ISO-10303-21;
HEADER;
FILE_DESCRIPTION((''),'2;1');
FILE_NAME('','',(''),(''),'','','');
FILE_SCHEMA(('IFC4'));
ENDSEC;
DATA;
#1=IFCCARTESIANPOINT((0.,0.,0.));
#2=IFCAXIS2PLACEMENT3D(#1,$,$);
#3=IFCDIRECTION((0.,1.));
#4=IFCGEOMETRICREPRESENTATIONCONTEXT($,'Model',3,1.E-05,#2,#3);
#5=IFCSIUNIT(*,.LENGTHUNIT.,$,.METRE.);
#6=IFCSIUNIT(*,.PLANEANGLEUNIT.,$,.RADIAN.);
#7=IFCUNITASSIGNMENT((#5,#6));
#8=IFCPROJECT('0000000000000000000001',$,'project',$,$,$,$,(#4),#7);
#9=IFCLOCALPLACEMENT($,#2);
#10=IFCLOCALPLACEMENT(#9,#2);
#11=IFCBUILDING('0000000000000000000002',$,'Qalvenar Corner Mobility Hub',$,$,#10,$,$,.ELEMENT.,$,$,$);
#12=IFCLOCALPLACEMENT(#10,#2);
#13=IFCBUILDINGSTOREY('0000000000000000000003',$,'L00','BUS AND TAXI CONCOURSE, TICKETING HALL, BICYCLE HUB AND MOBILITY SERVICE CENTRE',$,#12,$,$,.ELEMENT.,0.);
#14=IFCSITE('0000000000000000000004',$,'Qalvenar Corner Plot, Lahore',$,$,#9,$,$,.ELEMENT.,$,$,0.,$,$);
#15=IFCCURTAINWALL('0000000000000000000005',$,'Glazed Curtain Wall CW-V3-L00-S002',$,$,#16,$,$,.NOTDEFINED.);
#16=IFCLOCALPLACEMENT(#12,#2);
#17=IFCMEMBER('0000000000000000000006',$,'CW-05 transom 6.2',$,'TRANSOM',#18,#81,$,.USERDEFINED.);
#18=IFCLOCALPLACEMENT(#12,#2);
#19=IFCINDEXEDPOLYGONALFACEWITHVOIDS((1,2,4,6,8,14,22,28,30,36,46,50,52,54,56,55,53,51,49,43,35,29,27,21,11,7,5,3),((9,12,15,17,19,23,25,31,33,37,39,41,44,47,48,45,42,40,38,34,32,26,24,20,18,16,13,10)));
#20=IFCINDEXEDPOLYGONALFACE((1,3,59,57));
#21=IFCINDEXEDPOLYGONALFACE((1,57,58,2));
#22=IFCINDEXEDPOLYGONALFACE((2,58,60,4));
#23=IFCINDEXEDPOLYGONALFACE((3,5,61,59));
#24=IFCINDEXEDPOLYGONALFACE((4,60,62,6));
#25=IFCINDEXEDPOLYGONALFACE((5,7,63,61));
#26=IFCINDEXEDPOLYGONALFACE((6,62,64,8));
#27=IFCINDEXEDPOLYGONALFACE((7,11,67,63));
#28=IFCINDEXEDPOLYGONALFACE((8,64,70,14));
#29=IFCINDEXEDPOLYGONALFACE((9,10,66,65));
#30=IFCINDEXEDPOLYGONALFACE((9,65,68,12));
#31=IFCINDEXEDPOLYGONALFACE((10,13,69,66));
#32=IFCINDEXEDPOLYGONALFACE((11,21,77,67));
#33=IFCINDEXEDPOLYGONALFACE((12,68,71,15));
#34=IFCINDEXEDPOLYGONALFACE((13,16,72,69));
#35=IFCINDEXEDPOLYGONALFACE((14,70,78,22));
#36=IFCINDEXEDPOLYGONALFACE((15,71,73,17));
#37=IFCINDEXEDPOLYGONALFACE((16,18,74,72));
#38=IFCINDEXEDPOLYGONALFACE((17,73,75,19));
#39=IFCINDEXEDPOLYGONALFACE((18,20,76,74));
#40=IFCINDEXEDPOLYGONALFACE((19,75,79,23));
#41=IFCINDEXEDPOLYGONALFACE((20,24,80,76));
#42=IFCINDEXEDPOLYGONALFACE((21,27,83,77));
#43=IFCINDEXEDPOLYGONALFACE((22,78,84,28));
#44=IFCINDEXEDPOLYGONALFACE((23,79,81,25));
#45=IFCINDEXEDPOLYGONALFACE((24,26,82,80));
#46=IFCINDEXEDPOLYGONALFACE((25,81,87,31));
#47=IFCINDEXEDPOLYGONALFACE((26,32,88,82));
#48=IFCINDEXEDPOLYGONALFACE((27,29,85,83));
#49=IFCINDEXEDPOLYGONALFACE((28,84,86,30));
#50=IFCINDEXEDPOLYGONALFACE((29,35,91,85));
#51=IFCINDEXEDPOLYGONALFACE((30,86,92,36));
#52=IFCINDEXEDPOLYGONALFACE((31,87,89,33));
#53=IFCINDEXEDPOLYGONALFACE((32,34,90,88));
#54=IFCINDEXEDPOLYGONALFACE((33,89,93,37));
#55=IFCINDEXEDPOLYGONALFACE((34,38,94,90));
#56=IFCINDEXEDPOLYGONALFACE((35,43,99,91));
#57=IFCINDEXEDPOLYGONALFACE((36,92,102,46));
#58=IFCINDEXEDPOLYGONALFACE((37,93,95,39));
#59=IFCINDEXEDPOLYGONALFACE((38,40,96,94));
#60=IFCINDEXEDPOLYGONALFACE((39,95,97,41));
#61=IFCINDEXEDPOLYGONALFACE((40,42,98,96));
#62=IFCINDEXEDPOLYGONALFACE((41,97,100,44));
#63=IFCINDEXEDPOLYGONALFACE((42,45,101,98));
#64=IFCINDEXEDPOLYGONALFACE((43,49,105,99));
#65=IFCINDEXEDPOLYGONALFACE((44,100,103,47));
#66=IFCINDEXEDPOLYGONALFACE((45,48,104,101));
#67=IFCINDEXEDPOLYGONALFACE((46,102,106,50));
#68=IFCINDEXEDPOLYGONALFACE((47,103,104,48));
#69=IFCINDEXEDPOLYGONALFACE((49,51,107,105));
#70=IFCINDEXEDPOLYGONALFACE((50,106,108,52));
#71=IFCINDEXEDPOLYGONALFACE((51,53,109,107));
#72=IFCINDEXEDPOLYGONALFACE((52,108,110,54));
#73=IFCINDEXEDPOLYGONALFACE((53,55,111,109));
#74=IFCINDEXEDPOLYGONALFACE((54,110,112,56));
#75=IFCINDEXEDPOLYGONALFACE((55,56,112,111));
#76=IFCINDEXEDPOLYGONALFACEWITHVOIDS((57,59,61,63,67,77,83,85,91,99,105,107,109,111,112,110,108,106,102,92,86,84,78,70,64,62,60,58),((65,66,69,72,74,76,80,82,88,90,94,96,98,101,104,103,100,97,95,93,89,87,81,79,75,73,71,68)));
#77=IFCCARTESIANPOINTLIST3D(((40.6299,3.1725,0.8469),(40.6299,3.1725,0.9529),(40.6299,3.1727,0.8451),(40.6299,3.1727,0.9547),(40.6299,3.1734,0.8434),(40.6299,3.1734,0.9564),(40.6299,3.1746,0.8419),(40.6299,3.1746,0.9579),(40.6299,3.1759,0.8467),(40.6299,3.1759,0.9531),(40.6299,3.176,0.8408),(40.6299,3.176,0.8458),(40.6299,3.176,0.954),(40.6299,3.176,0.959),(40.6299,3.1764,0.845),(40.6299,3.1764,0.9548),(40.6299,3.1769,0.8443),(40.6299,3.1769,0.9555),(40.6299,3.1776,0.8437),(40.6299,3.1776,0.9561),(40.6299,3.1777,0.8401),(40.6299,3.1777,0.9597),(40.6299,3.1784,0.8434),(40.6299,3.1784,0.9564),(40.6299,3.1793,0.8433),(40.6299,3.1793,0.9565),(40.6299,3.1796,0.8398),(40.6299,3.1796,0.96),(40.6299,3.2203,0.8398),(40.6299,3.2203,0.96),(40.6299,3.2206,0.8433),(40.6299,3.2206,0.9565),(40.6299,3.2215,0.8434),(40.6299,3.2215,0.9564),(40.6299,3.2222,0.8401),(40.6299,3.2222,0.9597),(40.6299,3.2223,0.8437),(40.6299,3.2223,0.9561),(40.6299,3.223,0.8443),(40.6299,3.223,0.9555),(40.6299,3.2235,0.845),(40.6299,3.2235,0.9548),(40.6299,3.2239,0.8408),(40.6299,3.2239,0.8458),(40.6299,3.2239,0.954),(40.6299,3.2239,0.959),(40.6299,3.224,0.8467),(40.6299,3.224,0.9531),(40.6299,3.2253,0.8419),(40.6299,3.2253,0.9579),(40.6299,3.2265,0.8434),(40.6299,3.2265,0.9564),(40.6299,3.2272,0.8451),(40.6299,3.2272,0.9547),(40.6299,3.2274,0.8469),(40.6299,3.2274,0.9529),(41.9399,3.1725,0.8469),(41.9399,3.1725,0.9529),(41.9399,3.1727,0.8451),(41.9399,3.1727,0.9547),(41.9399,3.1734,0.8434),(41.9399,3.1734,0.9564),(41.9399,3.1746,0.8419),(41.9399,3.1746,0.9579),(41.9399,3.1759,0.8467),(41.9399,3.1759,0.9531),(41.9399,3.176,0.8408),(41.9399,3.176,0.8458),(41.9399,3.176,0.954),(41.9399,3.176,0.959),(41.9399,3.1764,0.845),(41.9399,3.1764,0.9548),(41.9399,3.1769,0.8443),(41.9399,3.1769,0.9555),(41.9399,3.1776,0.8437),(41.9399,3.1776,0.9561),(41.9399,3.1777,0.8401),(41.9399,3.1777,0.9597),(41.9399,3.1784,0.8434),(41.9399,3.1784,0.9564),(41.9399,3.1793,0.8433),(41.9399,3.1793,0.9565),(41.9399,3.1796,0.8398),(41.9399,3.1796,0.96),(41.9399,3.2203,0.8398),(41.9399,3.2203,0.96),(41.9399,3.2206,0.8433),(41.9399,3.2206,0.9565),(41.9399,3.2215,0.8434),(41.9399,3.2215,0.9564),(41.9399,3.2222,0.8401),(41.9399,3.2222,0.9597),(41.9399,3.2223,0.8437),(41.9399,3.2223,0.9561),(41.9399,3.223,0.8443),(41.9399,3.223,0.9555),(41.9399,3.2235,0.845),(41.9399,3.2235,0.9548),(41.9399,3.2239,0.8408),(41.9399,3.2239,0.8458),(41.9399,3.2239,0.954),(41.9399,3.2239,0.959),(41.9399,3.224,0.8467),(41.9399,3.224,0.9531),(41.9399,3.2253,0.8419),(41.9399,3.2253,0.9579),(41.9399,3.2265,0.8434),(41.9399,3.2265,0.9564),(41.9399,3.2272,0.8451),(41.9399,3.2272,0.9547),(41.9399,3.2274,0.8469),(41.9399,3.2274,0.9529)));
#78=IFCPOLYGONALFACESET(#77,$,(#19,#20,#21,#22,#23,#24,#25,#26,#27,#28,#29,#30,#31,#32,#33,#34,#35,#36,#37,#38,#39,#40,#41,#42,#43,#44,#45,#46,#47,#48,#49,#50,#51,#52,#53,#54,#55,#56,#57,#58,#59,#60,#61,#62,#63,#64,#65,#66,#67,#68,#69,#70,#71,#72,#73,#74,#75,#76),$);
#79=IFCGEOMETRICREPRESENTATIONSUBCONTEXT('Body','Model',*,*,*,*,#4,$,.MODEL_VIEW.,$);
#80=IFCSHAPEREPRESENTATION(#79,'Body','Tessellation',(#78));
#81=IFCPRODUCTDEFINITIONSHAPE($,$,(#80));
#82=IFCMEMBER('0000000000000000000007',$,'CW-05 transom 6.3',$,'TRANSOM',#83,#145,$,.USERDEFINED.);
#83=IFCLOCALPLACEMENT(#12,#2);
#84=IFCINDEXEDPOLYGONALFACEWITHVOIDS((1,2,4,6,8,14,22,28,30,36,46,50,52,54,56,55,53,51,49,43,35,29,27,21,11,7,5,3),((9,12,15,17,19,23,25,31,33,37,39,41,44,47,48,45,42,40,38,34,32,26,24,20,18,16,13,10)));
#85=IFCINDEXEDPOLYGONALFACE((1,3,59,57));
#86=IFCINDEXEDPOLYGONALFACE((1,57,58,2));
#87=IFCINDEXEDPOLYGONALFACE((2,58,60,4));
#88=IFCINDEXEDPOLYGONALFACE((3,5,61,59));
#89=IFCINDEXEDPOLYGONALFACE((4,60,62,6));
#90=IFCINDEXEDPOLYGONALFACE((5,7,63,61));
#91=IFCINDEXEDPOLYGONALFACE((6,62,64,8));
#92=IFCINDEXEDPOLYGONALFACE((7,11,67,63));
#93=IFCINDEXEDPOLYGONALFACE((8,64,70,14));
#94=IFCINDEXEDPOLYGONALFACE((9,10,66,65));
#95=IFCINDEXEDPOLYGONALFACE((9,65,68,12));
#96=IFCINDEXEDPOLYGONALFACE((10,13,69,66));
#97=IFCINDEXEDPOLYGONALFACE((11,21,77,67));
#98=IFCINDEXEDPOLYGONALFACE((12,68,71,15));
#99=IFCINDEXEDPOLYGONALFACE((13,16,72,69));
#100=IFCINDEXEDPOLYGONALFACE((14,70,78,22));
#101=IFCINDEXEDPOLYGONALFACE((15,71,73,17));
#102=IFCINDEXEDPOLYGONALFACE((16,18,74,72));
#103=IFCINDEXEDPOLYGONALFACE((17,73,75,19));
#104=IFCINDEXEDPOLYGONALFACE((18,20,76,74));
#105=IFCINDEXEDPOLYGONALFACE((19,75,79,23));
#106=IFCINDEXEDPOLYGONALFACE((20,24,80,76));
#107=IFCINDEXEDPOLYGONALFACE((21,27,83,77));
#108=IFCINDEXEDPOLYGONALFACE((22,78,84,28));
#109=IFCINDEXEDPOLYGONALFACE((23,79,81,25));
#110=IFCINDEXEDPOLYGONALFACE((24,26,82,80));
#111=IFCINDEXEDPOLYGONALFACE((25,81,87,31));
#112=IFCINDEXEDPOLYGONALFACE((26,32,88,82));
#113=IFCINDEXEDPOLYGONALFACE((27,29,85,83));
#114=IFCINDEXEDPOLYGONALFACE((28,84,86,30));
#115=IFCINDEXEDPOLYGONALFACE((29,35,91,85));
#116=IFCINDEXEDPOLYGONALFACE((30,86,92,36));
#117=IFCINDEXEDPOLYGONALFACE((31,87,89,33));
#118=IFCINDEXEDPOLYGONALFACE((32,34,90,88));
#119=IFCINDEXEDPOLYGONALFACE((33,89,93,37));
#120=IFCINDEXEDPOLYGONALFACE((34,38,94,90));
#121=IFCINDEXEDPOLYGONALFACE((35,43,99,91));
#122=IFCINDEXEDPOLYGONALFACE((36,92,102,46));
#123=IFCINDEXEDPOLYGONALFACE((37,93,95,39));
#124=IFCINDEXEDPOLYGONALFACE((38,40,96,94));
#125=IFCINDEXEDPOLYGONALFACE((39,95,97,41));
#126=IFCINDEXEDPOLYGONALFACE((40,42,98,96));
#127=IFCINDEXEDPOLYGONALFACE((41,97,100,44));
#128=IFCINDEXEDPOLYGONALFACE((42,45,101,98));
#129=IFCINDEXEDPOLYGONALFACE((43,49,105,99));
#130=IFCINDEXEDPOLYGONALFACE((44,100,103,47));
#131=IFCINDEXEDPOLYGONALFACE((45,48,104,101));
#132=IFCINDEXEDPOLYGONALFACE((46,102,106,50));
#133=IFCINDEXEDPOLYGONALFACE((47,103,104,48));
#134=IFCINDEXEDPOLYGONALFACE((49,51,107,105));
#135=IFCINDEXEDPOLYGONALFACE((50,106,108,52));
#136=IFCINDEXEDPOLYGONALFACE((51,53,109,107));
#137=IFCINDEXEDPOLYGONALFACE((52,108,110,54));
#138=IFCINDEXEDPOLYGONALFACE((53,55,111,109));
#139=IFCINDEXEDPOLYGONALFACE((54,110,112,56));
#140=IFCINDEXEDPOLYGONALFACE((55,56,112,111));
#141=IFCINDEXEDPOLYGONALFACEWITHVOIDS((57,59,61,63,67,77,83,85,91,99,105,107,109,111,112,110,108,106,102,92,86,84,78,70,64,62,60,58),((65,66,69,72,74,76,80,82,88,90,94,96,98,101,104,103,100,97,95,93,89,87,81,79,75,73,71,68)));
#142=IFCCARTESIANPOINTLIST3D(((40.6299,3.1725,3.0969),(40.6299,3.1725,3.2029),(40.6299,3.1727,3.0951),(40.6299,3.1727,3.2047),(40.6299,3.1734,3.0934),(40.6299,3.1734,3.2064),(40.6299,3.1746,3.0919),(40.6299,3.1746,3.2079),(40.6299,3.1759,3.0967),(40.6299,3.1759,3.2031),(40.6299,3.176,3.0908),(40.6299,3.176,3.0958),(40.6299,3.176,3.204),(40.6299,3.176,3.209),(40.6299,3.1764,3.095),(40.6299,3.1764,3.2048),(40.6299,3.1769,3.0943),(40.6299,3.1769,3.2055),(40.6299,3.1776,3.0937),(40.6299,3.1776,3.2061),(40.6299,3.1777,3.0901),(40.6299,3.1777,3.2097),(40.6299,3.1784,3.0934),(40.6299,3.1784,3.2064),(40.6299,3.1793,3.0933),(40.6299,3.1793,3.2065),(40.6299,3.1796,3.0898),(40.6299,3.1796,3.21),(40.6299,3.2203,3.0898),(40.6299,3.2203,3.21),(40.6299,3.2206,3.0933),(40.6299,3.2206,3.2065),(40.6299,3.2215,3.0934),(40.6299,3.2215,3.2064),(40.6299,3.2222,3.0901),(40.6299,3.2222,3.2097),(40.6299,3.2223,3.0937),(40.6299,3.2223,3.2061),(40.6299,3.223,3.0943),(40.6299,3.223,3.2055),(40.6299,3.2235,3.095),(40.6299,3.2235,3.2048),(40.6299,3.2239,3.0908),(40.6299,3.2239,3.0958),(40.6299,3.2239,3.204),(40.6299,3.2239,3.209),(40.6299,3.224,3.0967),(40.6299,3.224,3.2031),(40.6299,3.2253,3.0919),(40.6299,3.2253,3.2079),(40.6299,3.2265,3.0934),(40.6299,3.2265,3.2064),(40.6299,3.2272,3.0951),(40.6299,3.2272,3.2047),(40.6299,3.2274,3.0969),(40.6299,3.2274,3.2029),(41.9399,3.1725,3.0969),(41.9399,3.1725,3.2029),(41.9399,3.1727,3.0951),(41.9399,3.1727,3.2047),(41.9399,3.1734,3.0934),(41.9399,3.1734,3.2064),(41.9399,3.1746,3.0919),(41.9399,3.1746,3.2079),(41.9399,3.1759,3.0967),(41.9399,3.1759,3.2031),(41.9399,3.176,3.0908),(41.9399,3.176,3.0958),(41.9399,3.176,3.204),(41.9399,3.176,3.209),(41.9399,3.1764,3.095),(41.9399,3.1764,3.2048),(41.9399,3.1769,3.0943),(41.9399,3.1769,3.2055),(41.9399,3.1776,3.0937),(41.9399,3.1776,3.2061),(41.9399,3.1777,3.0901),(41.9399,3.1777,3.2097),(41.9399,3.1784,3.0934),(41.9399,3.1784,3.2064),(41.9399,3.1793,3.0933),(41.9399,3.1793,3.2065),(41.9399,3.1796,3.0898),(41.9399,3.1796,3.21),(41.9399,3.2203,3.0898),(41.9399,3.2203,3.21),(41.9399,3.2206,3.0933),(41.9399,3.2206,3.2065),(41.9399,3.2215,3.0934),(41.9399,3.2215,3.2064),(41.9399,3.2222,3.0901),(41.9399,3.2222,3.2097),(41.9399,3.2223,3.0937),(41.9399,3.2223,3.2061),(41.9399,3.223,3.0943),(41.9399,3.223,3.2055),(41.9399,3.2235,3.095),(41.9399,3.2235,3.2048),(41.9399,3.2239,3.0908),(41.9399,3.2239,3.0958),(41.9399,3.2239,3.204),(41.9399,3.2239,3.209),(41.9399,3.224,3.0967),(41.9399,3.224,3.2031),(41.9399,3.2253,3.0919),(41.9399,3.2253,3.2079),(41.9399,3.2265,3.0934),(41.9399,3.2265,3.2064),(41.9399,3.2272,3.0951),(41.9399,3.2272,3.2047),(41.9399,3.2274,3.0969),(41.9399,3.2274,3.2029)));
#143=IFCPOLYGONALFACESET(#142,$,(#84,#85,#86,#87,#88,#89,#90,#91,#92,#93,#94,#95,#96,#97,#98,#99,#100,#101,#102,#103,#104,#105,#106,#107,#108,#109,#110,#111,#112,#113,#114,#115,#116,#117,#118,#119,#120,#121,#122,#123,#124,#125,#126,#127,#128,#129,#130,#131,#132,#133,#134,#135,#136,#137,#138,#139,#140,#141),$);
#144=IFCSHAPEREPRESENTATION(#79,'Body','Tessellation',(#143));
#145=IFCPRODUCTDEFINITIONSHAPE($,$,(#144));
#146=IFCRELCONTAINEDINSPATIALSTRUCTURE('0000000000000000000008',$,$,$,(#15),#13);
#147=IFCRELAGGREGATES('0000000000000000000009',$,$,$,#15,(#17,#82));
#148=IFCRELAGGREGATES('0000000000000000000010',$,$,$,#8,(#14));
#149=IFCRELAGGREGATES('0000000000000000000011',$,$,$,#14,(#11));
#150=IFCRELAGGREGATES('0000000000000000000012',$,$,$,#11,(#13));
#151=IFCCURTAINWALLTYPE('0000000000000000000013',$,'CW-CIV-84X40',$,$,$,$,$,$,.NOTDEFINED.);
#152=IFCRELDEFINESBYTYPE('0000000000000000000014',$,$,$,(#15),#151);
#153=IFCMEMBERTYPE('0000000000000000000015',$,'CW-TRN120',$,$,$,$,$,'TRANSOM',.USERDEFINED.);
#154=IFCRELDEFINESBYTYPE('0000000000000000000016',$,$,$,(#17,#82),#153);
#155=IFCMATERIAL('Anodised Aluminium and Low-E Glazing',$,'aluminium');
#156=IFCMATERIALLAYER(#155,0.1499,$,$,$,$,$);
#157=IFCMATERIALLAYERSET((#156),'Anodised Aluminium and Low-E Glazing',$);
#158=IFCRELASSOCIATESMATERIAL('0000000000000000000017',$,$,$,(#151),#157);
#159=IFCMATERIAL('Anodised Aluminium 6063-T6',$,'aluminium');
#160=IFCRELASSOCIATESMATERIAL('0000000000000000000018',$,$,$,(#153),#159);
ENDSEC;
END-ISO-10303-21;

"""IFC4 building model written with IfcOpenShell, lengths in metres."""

from ifc_helpers import new_model, si_unit, direction, frame, origin, origin_2d, place, context, subcontext, project, spatial, hollow_rectangle, extrude, material, layer, layer_set, material_profile, profile_set, type_object, element, aggregate, save


model = new_model("IFC4")

# Units and contexts
model_context = context("Model", 3, precision=1e-05, world=origin(), true_north=direction((0.0, 1.0)))
body_context = subcontext(model_context, "Body", "Model", "MODEL_VIEW")
ifc_project = project(units=[si_unit("LENGTHUNIT", "METRE"), si_unit("PLANEANGLEUNIT", "RADIAN")], contexts=[model_context])

# Site, building, storey
site_placement = place(None, origin())
site = spatial("IfcSite", under=ifc_project, at=site_placement, Name="Qalvenar Corner Plot, Lahore", CompositionType="ELEMENT", RefElevation=0.0)
building_placement = place(site_placement, origin())
building = spatial("IfcBuilding", under=site, at=building_placement, Name="Qalvenar Corner Mobility Hub", CompositionType="ELEMENT")
storey_placement = place(building_placement, origin())
storey = spatial("IfcBuildingStorey", under=building, at=storey_placement, Name="L00", Description="BUS AND TAXI CONCOURSE, TICKETING HALL, BICYCLE HUB AND MOBILITY SERVICE CENTRE", CompositionType="ELEMENT", Elevation=0.0)

# Curtain wall, members
ifc_material_1 = material(Name="Anodised Aluminium and Low-E Glazing", Category="aluminium")
ifc_layer_1 = layer(ifc_material_1, 0.1499)
ifc_layer_set_1 = layer_set([ifc_layer_1], Name="Anodised Aluminium and Low-E Glazing")
curtain_wall_type = type_object("IfcCurtainWallType", Name="CW-CIV-84X40", PredefinedType="NOTDEFINED", material=ifc_layer_set_1)
curtain_wall_placement = place(storey_placement, origin())
curtain_wall = element("IfcCurtainWall", 1, at=curtain_wall_placement, inside=storey, type_object=curtain_wall_type, Name="Glazed Curtain Wall CW-V3-L00-S002", PredefinedType="NOTDEFINED")
ifc_material_2 = material(Name="Anodised Aluminium 6063-T6", Category="aluminium")
ifc_material_profile_1 = material_profile(ifc_material_2, hollow_rectangle(XDim=0.0549, YDim=0.1201, WallThickness=0.0034, InnerFilletRadius=0.0034, OuterFilletRadius=0.0071, at=origin_2d()), Name="RHS120x55x3.5")
ifc_profile_set_1 = profile_set([ifc_material_profile_1], Name="Anodised Aluminium 6063-T6")
member_type_1 = type_object("IfcMemberType", Name="CW-TRN120", ElementType="TRANSOM", PredefinedType="USERDEFINED", material=ifc_profile_set_1)
member_1_placement = place(storey_placement, frame((40.6299, 3.2, 0.8999), z_axis=(1.0, 0.0, 0.0), x_axis=(0.0, 1.0, 0.0)))
member_1 = element("IfcMember", 2, at=member_1_placement, type_object=member_type_1, Name="CW-05 transom 6.2", ObjectType="TRANSOM", PredefinedType="USERDEFINED", context=body_context, shape_type="SweptSolid", body=[
    extrude(hollow_rectangle(XDim=0.0549, YDim=0.1201, WallThickness=0.0034, InnerFilletRadius=0.0034, OuterFilletRadius=0.0071, at=origin_2d()), origin(), (0.0, 0.0, 1.0), 1.3101),
])
member_2_placement = place(storey_placement, frame((40.6299, 3.2, 3.1499), z_axis=(1.0, 0.0, 0.0), x_axis=(0.0, 1.0, 0.0)))
member_2 = element("IfcMember", 3, at=member_2_placement, type_object=member_type_1, Name="CW-05 transom 6.3", ObjectType="TRANSOM", PredefinedType="USERDEFINED", context=body_context, shape_type="SweptSolid", body=[
    extrude(hollow_rectangle(XDim=0.0549, YDim=0.1201, WallThickness=0.0034, InnerFilletRadius=0.0034, OuterFilletRadius=0.0071, at=origin_2d()), origin(), (0.0, 0.0, 1.0), 1.3101),
])
aggregate(curtain_wall, [member_1, member_2])

save(model, "model.ifc")
